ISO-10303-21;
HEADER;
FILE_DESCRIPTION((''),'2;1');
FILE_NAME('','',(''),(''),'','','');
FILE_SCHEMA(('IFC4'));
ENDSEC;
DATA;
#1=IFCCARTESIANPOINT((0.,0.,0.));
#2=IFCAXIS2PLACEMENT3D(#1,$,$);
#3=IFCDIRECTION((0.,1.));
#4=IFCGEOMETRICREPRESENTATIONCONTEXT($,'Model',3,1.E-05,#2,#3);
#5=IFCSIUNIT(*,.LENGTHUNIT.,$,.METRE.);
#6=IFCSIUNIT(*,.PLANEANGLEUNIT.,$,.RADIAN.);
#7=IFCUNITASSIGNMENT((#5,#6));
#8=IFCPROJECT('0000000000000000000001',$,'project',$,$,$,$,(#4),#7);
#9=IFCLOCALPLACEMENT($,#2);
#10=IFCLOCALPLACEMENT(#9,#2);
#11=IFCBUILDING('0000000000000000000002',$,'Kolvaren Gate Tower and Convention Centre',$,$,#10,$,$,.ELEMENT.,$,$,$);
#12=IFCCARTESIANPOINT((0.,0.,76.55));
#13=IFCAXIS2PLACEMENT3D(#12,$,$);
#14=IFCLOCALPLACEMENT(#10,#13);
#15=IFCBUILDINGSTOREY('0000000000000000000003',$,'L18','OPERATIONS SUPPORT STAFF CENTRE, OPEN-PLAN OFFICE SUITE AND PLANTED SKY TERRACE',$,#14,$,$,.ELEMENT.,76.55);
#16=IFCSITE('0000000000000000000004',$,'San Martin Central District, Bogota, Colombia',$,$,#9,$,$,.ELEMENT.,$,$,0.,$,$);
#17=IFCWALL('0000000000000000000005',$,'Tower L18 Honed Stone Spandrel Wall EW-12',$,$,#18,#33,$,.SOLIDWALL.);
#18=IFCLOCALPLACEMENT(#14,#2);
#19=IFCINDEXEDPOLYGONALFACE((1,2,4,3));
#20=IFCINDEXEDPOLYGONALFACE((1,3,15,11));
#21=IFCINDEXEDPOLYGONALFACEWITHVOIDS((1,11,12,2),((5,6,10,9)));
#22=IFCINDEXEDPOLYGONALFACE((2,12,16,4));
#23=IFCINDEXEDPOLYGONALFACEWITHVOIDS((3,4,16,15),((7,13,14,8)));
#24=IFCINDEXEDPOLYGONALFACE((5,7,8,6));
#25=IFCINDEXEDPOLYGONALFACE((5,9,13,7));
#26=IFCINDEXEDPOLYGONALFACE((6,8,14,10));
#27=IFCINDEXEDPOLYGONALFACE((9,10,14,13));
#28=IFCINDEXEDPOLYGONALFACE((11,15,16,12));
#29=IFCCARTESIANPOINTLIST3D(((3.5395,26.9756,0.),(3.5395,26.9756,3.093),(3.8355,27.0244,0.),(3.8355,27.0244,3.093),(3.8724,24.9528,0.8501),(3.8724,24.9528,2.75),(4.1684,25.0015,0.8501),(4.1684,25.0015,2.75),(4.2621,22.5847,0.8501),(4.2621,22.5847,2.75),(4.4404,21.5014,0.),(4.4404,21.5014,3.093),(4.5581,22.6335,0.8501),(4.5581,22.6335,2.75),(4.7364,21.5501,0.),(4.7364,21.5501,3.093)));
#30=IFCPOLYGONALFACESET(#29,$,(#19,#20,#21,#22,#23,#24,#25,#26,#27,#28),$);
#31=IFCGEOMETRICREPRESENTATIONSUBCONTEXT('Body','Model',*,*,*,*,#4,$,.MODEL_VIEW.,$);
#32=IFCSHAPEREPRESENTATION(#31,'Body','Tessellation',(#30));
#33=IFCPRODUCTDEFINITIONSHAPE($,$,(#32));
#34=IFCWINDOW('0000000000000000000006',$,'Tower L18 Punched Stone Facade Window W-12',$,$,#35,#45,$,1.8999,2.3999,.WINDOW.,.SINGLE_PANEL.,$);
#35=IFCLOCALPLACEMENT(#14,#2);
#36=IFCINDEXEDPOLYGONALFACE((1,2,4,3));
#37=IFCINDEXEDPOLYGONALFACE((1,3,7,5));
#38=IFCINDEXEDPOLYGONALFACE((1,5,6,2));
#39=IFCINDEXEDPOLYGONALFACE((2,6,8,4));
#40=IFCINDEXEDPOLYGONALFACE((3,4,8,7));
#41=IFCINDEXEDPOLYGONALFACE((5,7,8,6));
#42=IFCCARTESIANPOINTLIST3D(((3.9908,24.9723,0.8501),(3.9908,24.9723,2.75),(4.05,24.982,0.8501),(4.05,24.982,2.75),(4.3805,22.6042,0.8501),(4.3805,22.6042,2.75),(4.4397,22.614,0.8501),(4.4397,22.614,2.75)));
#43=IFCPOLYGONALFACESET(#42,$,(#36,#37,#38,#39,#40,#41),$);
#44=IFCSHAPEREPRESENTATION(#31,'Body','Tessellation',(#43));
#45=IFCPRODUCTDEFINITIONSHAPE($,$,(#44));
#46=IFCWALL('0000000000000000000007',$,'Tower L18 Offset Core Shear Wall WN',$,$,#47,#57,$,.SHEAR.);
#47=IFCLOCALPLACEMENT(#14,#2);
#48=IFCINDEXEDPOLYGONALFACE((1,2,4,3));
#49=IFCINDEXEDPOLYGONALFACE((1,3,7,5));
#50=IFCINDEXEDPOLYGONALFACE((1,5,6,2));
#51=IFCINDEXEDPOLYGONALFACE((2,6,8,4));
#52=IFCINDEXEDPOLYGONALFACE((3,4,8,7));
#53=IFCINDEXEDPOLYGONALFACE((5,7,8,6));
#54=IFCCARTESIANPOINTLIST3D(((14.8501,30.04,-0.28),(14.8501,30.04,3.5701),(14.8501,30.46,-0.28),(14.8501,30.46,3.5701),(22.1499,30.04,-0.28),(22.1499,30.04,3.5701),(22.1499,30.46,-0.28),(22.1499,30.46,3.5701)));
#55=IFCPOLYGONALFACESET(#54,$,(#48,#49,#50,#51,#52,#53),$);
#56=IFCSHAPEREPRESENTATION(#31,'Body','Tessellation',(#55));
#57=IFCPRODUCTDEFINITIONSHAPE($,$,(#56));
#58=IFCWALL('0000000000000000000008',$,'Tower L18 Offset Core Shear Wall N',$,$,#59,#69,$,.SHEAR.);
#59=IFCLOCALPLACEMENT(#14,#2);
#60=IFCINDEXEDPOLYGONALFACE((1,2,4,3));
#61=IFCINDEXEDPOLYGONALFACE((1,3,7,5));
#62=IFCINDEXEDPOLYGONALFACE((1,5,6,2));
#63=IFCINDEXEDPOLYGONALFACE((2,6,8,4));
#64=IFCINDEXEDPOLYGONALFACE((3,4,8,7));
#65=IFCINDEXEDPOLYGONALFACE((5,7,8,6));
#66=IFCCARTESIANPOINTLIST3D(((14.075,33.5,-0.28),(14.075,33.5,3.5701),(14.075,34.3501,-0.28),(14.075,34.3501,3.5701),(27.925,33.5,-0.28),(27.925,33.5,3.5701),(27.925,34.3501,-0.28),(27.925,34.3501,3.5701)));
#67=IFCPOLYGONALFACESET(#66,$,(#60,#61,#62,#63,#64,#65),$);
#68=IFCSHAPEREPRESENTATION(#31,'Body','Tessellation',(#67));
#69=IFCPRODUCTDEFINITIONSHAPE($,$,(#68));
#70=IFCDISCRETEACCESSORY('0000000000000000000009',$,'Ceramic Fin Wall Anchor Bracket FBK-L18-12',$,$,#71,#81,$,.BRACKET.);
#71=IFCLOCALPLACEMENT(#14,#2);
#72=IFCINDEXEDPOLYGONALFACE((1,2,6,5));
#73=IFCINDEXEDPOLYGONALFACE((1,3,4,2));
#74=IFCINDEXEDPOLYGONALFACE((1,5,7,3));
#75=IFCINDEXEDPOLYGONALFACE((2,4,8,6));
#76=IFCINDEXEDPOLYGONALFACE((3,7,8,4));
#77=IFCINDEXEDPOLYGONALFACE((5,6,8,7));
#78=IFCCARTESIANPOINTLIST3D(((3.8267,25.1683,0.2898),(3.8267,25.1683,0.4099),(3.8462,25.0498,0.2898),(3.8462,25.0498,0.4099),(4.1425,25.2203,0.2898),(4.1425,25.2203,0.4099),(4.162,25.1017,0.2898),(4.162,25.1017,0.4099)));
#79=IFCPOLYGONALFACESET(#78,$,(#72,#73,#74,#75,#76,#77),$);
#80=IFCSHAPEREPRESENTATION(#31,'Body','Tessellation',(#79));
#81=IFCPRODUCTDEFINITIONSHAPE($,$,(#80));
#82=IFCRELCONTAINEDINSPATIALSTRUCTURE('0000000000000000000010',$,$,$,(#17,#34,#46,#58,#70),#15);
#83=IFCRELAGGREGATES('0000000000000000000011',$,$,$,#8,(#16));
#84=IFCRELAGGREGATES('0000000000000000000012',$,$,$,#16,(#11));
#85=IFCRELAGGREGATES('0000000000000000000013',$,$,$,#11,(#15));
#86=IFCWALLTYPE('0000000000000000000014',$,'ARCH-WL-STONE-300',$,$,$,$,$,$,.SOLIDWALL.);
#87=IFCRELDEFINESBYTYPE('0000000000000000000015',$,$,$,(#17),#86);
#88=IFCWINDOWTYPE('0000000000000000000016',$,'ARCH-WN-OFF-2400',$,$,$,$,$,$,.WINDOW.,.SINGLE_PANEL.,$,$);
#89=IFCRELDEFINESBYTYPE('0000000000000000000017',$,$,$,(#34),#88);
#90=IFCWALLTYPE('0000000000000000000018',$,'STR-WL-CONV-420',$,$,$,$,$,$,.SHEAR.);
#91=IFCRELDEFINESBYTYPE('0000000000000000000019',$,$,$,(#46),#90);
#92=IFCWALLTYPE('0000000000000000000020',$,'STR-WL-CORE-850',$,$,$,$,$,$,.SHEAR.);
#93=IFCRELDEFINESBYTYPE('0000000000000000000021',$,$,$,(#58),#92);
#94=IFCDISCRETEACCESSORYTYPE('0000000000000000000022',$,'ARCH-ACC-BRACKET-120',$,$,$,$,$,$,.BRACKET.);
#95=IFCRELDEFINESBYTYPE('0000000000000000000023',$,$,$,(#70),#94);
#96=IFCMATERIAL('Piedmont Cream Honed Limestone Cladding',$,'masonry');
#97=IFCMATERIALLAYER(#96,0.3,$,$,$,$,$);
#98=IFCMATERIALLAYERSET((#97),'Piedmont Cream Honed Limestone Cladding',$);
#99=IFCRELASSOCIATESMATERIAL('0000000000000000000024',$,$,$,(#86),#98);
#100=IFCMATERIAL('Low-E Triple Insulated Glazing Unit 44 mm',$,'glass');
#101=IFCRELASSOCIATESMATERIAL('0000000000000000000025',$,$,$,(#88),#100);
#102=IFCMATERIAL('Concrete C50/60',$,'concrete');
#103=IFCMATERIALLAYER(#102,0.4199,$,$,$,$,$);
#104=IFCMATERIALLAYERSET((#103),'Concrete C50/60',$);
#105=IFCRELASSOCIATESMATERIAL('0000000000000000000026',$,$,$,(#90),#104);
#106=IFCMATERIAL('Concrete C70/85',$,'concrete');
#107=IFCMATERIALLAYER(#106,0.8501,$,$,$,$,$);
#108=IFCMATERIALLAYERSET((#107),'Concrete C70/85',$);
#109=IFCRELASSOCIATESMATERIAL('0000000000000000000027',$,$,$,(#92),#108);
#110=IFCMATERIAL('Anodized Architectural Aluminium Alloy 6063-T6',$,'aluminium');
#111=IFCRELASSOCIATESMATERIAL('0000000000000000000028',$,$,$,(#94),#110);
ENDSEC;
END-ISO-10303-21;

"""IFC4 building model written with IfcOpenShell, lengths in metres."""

from ifc_helpers import new_model, si_unit, direction, frame, frame_2d, origin, origin_2d, place, context, subcontext, project, spatial, rectangle, extrude, material, layer, layer_set, type_object, element, fill, save


model = new_model("IFC4")

# Units and contexts
model_context = context("Model", 3, precision=1e-05, world=origin(), true_north=direction((0.0, 1.0)))
body_context = subcontext(model_context, "Body", "Model", "MODEL_VIEW")
ifc_project = project(units=[si_unit("LENGTHUNIT", "METRE"), si_unit("PLANEANGLEUNIT", "RADIAN")], contexts=[model_context])

# Site, building, storey
site_placement = place(None, origin())
site = spatial("IfcSite", under=ifc_project, at=site_placement, Name="San Martin Central District, Bogota, Colombia", CompositionType="ELEMENT", RefElevation=0.0)
building_placement = place(site_placement, origin())
building = spatial("IfcBuilding", under=site, at=building_placement, Name="Kolvaren Gate Tower and Convention Centre", CompositionType="ELEMENT")
storey_placement = place(building_placement, frame((0.0, 0.0, 76.55)))
storey = spatial("IfcBuildingStorey", under=building, at=storey_placement, Name="L18", Description="OPERATIONS SUPPORT STAFF CENTRE, OPEN-PLAN OFFICE SUITE AND PLANTED SKY TERRACE", CompositionType="ELEMENT", Elevation=76.55)

# Shared definitions
ifc_material_1 = material(Name="Concrete C70/85", Category="concrete")

# Shared definitions
ifc_material_2 = material(Name="Piedmont Cream Honed Limestone Cladding", Category="masonry")

# Shared definitions
ifc_layer_1 = layer(ifc_material_2, 0.3)
ifc_layer_set_1 = layer_set([ifc_layer_1], Name="Piedmont Cream Honed Limestone Cladding")
wall_type_1 = type_object("IfcWallType", Name="ARCH-WL-STONE-300", PredefinedType="SOLIDWALL", material=ifc_layer_set_1)
ifc_material_3 = material(Name="Low-E Triple Insulated Glazing Unit 44 mm", Category="glass")
window_type = type_object("IfcWindowType", Name="ARCH-WN-OFF-2400", PartitioningType="SINGLE_PANEL", PredefinedType="WINDOW", material=ifc_material_3)

# Shared definitions
ifc_material_4 = material(Name="Anodized Architectural Aluminium Alloy 6063-T6", Category="aluminium")

# Wall, opening, window
wall_1_placement = place(storey_placement, frame((3.6875, 27.0, 0.0), z_axis=(0.0, 0.0, 1.0), x_axis=(0.162386, -0.986727, 0.0)))
wall_1 = element("IfcWall", 1, at=wall_1_placement, inside=storey, type_object=wall_type_1, Name="Tower L18 Honed Stone Spandrel Wall EW-12", PredefinedType="SOLIDWALL", context=body_context, shape_type="SweptSolid", body=[
    extrude(rectangle(XDim=5.5479, YDim=0.3, at=frame_2d((2.7739, 0.0))), origin(), (0.0, 0.0, 1.0), 3.093),
])
opening_1_placement = place(wall_1_placement, frame((2.05, 0.0, 0.8501)))
opening_1 = element("IfcOpeningElement", 2, at=opening_1_placement, cuts=wall_1, PredefinedType="OPENING", context=body_context, shape_type="SweptSolid", body=[
    extrude(rectangle(XDim=2.3999, YDim=1.8999, at=frame_2d((1.2, 0.95))), frame((0.0, 0.1599, 0.0), z_axis=(0.0, -1.0, 0.0), x_axis=(1.0, 0.0, 0.0)), (0.0, 0.0, 1.0), 0.3201),
])
window_1_placement = place(opening_1_placement, origin())
window_1 = element("IfcWindow", 3, at=window_1_placement, inside=storey, type_object=window_type, Name="Tower L18 Punched Stone Facade Window W-12", OverallHeight=1.8999, OverallWidth=2.3999, PartitioningType="SINGLE_PANEL", PredefinedType="WINDOW", context=body_context, shape_type="SweptSolid", body=[
    extrude(rectangle(XDim=2.3999, YDim=1.8999, at=frame_2d((1.2, 0.95))), frame((0.0, 0.03, 0.0), z_axis=(0.0, -1.0, 0.0), x_axis=(1.0, 0.0, 0.0)), (0.0, 0.0, 1.0), 0.0601),
])
fill(opening_1, window_1)

# Walls
ifc_material_5 = material(Name="Concrete C50/60", Category="concrete")
ifc_layer_2 = layer(ifc_material_5, 0.4199)
ifc_layer_set_2 = layer_set([ifc_layer_2], Name="Concrete C50/60")
wall_type_2 = type_object("IfcWallType", Name="STR-WL-CONV-420", PredefinedType="SHEAR", material=ifc_layer_set_2)
wall_2_placement = place(storey_placement, frame((14.8501, 30.25, -0.28), z_axis=(0.0, 0.0, 1.0), x_axis=(1.0, 0.0, 0.0)))
element("IfcWall", 4, at=wall_2_placement, inside=storey, type_object=wall_type_2, Name="Tower L18 Offset Core Shear Wall WN", PredefinedType="SHEAR", context=body_context, shape_type="SweptSolid", body=[
    extrude(rectangle(XDim=7.2998, YDim=0.4199, at=frame_2d((3.6499, 0.0))), origin(), (0.0, 0.0, 1.0), 3.8501),
])
ifc_layer_3 = layer(ifc_material_1, 0.8501)
ifc_layer_set_3 = layer_set([ifc_layer_3], Name="Concrete C70/85")
wall_type_3 = type_object("IfcWallType", Name="STR-WL-CORE-850", PredefinedType="SHEAR", material=ifc_layer_set_3)
wall_3_placement = place(storey_placement, frame((14.075, 33.925, -0.28), z_axis=(0.0, 0.0, 1.0), x_axis=(1.0, 0.0, 0.0)))
element("IfcWall", 5, at=wall_3_placement, inside=storey, type_object=wall_type_3, Name="Tower L18 Offset Core Shear Wall N", PredefinedType="SHEAR", context=body_context, shape_type="SweptSolid", body=[
    extrude(rectangle(XDim=13.8501, YDim=0.8501, at=frame_2d((6.925, 0.0))), origin(), (0.0, 0.0, 1.0), 3.8501),
])

# Discrete accessory
discrete_accessory_type = type_object("IfcDiscreteAccessoryType", Name="ARCH-ACC-BRACKET-120", PredefinedType="BRACKET", material=ifc_material_4)
discrete_accessory_placement = place(storey_placement, frame((3.9944, 25.135, 0.2898), z_axis=(0.0, 0.0, 1.0), x_axis=(0.162375, -0.986729, 0.0)))
element("IfcDiscreteAccessory", 6, at=discrete_accessory_placement, inside=storey, type_object=discrete_accessory_type, Name="Ceramic Fin Wall Anchor Bracket FBK-L18-12", PredefinedType="BRACKET", context=body_context, shape_type="SweptSolid", body=[
    extrude(rectangle(XDim=0.1201, YDim=0.3201, at=origin_2d()), origin(), (0.0, 0.0, 1.0), 0.1201),
])

save(model, "model.ifc")
